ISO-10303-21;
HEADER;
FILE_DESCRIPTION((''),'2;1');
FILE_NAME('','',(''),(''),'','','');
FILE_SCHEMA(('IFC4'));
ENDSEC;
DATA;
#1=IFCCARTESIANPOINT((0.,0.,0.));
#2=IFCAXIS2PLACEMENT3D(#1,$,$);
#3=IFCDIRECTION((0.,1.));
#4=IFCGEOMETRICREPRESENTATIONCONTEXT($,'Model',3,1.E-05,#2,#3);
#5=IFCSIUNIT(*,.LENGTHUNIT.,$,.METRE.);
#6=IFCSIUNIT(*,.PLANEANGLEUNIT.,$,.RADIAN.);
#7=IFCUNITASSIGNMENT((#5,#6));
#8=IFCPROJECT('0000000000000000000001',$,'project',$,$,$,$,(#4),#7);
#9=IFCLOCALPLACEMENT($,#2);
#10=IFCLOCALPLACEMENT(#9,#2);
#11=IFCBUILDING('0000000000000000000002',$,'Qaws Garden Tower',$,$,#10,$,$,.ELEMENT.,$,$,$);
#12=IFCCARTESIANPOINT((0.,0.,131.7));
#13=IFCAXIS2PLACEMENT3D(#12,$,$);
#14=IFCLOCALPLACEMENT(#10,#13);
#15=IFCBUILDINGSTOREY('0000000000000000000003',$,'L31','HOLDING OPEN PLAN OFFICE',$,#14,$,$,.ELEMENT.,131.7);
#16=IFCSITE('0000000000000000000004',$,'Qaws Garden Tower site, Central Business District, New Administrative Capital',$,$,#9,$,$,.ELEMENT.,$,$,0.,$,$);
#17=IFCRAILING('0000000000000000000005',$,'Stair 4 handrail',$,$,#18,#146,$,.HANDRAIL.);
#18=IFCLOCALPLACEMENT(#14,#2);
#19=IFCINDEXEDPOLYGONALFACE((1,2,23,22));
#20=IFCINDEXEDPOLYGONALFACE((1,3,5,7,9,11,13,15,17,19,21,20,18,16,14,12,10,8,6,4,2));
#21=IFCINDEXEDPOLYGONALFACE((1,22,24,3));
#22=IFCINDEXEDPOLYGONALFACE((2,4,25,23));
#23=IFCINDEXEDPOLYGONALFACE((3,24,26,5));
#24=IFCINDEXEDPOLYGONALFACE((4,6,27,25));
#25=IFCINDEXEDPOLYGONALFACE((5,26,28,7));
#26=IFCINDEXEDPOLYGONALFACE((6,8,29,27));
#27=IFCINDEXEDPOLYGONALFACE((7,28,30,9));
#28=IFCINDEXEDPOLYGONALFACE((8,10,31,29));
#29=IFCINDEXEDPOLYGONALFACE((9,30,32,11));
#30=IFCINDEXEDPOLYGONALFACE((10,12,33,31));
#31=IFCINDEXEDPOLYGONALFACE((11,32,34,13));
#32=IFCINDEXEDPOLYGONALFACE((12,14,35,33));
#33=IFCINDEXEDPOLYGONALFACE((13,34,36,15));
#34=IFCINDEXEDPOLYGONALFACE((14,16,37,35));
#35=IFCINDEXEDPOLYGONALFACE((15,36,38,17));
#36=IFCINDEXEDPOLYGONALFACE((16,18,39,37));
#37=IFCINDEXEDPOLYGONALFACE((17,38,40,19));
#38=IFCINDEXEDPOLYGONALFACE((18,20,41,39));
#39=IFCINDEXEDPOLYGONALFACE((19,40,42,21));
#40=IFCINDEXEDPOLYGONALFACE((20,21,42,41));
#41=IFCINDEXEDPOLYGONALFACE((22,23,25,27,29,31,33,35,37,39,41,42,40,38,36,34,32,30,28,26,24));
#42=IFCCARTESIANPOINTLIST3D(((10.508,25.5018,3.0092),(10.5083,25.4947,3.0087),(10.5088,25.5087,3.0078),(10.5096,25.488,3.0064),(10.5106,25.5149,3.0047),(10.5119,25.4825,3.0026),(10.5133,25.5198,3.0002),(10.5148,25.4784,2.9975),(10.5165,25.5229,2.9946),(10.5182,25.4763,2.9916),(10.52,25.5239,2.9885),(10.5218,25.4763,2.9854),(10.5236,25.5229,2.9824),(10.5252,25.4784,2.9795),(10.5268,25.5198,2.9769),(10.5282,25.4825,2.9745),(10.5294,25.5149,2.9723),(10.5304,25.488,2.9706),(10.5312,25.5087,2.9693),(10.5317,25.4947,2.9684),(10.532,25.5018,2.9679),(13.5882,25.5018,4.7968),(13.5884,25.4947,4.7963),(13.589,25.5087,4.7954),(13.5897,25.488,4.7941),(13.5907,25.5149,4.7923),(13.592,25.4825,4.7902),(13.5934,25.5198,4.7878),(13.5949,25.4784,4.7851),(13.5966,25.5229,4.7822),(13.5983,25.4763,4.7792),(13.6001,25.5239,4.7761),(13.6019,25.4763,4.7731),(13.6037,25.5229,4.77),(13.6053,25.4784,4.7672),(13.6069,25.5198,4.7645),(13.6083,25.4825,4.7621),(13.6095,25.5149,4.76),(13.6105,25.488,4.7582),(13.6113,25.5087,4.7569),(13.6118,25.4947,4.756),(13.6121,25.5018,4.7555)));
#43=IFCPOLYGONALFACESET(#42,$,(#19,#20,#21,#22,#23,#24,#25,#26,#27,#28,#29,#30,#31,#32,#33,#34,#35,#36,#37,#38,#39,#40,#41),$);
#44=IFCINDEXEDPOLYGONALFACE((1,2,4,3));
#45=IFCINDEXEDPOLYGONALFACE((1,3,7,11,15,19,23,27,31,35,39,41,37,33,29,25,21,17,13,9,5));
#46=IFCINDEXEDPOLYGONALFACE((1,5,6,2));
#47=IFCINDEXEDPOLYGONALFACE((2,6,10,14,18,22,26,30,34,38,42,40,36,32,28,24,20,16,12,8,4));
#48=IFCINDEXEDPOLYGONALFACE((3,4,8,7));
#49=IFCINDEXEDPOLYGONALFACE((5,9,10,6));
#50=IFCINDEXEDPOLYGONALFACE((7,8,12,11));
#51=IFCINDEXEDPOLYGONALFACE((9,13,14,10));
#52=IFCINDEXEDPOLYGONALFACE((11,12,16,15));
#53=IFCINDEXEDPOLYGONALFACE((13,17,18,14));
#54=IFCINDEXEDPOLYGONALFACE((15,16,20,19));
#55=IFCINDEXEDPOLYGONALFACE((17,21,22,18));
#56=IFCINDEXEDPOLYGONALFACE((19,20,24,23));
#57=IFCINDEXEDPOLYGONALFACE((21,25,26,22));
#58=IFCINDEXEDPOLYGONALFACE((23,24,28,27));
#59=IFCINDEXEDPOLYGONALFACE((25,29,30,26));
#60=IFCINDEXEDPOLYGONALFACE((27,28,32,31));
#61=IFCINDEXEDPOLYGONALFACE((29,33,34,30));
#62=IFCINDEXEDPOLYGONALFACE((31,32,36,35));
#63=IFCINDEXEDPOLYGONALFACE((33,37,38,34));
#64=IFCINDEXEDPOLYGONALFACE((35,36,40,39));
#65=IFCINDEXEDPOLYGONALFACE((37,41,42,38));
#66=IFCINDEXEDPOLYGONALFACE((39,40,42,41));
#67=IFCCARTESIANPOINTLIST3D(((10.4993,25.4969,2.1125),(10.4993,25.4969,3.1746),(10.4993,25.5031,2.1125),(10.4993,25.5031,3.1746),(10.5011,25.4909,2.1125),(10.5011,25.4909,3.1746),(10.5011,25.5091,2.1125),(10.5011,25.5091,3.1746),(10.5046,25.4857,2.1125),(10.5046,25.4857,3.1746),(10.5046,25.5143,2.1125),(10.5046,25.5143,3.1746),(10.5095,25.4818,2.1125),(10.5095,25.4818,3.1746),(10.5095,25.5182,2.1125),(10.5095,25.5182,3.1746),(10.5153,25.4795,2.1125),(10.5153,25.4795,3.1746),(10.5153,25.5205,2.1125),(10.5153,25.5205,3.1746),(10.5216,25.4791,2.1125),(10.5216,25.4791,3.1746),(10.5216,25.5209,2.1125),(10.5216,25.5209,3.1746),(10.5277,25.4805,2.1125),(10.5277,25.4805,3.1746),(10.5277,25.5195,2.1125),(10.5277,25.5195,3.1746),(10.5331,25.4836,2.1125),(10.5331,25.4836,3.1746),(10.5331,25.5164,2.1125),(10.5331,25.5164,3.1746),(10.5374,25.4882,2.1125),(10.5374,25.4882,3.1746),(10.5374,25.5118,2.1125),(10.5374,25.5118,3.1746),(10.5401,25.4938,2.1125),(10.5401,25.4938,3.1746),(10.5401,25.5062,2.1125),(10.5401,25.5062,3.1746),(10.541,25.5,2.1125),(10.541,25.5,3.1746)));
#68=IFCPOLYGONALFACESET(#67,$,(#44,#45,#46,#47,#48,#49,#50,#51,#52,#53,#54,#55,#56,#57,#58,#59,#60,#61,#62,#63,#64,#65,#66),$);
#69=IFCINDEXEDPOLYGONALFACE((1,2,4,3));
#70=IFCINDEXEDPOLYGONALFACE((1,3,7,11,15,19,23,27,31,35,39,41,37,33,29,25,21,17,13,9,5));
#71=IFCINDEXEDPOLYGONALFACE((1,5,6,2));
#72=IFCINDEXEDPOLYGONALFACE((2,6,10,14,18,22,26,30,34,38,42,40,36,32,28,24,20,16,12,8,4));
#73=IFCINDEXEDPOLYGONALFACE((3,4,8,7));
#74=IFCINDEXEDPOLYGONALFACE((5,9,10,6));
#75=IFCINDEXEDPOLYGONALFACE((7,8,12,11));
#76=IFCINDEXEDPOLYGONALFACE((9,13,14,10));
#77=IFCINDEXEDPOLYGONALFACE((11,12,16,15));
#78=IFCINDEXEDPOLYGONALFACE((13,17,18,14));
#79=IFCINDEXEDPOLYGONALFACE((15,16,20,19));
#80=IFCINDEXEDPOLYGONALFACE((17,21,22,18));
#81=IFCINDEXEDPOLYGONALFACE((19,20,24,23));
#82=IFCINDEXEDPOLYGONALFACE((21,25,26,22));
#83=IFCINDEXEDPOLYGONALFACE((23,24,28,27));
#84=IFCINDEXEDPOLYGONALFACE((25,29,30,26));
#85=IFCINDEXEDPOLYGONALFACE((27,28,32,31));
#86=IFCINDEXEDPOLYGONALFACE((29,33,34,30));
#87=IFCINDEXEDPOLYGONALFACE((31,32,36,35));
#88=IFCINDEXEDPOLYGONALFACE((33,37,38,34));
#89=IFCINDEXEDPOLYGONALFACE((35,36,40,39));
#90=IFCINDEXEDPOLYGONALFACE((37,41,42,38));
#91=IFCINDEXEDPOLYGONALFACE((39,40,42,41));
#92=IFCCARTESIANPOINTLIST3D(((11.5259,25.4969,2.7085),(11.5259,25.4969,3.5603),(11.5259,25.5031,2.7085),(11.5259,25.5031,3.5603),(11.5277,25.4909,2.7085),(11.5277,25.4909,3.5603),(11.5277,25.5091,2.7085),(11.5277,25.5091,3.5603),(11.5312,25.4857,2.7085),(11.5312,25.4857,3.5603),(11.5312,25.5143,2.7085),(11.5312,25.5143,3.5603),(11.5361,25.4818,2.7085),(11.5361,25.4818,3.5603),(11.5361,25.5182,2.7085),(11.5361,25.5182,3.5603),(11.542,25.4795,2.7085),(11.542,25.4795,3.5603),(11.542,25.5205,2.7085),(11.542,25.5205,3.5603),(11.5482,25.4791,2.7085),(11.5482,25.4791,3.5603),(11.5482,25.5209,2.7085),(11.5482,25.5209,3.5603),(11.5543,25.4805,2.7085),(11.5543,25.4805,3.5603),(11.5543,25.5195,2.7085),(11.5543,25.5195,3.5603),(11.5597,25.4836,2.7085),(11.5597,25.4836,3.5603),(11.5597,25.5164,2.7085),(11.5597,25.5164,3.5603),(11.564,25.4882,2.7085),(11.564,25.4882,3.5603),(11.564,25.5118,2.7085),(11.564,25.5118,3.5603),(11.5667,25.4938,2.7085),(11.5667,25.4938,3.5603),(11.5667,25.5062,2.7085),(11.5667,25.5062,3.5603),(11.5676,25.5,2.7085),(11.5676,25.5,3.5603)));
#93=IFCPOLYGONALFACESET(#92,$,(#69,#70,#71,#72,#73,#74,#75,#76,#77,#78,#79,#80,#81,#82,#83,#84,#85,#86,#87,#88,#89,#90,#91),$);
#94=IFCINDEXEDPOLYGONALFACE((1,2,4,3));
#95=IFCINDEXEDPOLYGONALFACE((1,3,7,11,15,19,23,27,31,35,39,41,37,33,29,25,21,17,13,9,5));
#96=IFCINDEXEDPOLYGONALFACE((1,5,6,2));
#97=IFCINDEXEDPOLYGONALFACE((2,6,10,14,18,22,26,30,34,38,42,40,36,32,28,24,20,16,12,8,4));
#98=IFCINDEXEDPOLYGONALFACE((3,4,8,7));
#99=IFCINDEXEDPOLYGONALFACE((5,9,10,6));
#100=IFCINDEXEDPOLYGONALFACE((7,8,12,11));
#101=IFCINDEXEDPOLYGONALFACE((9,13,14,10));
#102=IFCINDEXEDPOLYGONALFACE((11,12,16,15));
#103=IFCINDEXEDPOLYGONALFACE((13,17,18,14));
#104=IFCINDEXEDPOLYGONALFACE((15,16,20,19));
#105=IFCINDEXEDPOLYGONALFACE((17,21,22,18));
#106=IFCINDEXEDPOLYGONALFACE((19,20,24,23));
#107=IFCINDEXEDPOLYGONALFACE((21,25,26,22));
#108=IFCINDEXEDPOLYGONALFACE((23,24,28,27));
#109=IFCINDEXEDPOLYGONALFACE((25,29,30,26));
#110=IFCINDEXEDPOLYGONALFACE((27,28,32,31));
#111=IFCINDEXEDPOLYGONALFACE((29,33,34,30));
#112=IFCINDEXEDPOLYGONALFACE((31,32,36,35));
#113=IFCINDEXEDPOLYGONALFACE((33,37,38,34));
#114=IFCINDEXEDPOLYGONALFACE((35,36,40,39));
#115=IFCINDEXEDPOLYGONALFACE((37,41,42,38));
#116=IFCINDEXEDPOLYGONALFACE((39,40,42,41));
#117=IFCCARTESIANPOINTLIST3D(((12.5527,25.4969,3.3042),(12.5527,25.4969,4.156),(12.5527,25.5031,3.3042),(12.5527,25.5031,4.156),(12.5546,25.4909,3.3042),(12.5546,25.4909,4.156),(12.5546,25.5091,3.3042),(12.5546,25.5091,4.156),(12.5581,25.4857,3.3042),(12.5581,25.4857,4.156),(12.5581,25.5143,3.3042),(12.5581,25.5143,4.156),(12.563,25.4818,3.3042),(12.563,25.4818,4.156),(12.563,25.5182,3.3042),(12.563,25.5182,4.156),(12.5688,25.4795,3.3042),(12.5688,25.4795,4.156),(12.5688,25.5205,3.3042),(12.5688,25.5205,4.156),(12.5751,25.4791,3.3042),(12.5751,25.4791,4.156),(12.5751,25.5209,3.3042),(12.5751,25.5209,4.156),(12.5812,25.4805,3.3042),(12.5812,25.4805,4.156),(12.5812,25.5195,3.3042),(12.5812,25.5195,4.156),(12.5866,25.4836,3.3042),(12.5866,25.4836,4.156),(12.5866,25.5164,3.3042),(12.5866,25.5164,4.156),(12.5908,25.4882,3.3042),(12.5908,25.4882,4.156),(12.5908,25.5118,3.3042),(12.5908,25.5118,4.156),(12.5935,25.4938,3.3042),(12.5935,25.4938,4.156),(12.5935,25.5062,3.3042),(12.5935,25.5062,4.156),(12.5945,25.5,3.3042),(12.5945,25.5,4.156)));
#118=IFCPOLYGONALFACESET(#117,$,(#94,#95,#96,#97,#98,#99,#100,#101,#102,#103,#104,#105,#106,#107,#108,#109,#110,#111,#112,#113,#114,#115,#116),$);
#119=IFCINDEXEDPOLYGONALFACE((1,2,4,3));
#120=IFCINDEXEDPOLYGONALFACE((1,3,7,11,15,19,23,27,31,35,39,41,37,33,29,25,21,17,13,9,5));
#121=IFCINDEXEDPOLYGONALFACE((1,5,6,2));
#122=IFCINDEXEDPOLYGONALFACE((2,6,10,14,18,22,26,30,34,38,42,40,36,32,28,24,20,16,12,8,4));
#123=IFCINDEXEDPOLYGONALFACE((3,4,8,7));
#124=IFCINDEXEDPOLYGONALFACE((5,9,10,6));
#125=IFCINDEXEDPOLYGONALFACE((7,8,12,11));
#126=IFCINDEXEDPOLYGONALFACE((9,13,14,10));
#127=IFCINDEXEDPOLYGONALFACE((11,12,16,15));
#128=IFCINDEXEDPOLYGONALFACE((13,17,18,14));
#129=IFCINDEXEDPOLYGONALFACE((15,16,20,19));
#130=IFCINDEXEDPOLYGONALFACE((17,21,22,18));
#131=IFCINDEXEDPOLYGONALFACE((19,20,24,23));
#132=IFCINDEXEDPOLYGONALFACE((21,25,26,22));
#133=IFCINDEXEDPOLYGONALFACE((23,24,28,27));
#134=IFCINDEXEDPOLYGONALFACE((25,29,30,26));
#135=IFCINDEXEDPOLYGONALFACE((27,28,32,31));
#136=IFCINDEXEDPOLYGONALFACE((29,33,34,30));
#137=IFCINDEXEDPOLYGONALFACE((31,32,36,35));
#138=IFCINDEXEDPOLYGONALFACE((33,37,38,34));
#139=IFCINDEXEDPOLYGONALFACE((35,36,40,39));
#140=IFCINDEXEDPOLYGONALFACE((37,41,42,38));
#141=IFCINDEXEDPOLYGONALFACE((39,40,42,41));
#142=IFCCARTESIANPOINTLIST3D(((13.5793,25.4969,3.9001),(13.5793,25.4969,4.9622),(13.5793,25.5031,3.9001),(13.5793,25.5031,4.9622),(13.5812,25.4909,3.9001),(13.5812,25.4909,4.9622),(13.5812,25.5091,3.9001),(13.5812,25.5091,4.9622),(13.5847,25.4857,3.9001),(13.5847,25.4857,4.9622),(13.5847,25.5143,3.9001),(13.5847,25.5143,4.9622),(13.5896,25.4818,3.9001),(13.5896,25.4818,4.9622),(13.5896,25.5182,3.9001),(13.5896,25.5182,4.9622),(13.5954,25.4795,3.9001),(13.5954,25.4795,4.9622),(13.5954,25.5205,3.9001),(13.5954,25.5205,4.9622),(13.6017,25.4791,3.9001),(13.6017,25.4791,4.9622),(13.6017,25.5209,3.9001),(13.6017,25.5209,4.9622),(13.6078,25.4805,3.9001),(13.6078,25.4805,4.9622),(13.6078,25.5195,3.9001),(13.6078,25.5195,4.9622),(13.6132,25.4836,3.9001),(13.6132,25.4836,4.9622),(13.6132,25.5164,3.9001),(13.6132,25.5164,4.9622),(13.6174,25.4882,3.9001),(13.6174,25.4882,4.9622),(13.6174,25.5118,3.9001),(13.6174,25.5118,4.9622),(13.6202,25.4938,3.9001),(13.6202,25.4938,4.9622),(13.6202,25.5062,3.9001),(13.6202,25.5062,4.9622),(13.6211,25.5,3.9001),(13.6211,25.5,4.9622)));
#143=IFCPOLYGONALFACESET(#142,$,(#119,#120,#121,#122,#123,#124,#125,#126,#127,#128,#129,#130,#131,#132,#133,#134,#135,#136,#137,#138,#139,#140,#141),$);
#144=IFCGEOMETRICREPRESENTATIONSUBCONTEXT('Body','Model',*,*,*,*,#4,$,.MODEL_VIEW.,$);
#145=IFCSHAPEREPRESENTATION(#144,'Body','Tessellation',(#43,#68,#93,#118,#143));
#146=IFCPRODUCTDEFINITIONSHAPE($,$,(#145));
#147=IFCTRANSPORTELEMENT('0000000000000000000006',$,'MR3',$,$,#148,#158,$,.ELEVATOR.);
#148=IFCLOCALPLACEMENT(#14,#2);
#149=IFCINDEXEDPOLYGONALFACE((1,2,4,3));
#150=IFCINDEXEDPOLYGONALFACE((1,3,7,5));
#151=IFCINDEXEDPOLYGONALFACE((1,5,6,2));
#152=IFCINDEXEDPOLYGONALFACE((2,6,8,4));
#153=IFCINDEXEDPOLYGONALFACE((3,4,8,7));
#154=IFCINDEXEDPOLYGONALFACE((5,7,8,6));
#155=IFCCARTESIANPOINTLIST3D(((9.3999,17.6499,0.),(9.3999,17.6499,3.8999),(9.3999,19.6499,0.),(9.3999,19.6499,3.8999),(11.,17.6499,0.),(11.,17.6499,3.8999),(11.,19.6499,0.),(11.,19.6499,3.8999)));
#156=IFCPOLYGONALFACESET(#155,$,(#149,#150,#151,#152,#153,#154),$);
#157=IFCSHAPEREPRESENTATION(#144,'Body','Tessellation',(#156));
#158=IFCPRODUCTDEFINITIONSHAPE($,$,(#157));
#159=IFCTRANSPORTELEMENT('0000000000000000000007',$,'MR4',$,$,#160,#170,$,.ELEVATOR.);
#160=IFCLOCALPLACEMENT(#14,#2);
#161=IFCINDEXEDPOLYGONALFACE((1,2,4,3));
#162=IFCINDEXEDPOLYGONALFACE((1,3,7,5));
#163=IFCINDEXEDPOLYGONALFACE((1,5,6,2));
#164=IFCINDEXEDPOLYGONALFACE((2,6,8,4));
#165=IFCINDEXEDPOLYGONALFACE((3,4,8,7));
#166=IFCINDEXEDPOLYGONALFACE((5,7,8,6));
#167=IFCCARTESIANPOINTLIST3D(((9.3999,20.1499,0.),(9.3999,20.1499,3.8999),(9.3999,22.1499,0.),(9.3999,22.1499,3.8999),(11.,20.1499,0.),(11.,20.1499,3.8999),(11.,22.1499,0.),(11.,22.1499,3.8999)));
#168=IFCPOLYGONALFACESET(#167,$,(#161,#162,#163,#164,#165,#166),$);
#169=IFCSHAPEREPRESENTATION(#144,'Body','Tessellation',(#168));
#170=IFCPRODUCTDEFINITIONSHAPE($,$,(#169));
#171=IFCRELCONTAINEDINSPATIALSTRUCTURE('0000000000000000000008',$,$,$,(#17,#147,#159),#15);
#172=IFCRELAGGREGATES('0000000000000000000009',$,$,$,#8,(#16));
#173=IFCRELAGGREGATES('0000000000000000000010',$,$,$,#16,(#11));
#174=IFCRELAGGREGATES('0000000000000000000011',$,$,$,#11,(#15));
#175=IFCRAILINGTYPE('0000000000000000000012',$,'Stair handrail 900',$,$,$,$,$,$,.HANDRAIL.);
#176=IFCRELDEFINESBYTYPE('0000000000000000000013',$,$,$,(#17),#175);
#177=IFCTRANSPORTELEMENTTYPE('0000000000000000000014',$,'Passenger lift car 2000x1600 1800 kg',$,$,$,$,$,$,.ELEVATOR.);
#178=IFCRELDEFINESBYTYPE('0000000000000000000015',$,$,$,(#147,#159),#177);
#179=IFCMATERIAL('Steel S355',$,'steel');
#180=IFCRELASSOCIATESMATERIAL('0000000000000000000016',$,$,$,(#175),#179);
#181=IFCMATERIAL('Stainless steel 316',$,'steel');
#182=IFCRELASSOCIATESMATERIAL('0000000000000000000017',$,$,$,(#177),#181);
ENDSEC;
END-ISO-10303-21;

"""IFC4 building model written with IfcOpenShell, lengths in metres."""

from ifc_helpers import new_model, si_unit, direction, frame, origin, origin_2d, place, context, subcontext, project, spatial, rectangle, circle, extrude, material, type_object, element, save


model = new_model("IFC4")

# Units and contexts
model_context = context("Model", 3, precision=1e-05, world=origin(), true_north=direction((0.0, 1.0)))
body_context = subcontext(model_context, "Body", "Model", "MODEL_VIEW")
ifc_project = project(units=[si_unit("LENGTHUNIT", "METRE"), si_unit("PLANEANGLEUNIT", "RADIAN")], contexts=[model_context])

# Site, building, storey
site_placement = place(None, origin())
site = spatial("IfcSite", under=ifc_project, at=site_placement, Name="Qaws Garden Tower site, Central Business District, New Administrative Capital", CompositionType="ELEMENT", RefElevation=0.0)
building_placement = place(site_placement, origin())
building = spatial("IfcBuilding", under=site, at=building_placement, Name="Qaws Garden Tower", CompositionType="ELEMENT")
storey_placement = place(building_placement, frame((0.0, 0.0, 131.7)))
storey = spatial("IfcBuildingStorey", under=building, at=storey_placement, Name="L31", Description="HOLDING OPEN PLAN OFFICE", CompositionType="ELEMENT", Elevation=131.7)

# Railing
ifc_material_1 = material(Name="Steel S355", Category="steel")
railing_type = type_object("IfcRailingType", Name="Stair handrail 900", PredefinedType="HANDRAIL", material=ifc_material_1)
railing_1_placement = place(storey_placement, frame((10.52, 25.5, 2.1125)))
element("IfcRailing", 1, at=railing_1_placement, inside=storey, type_object=railing_type, Name="Stair 4 handrail", PredefinedType="HANDRAIL", context=body_context, shape_type="SweptSolid", body=[
    extrude(circle(Radius=0.0239, at=origin_2d()), frame((0.0, 0.0, 0.876), z_axis=(0.864891, 0.0, 0.50196), x_axis=(0.0, 1.0, 0.0)), (0.0, 0.0, 1.0), 3.5613),
    extrude(circle(Radius=0.021, at=origin_2d()), origin(), (0.0, 0.0, 1.0), 1.062),
    extrude(circle(Radius=0.021, at=origin_2d()), frame((1.0266, 0.0, 0.5959)), (0.0, 0.0, 1.0), 0.8518),
    extrude(circle(Radius=0.021, at=origin_2d()), frame((2.0535, 0.0, 1.1917)), (0.0, 0.0, 1.0), 0.8518),
    extrude(circle(Radius=0.021, at=origin_2d()), frame((3.0801, 0.0, 1.7876)), (0.0, 0.0, 1.0), 1.062),
])

# Transport elements
ifc_material_2 = material(Name="Stainless steel 316", Category="steel")
transport_element_type = type_object("IfcTransportElementType", Name="Passenger lift car 2000x1600 1800 kg", PredefinedType="ELEVATOR", material=ifc_material_2)
for number, where, z_axis, x_axis, name in (
    (2, (10.2, 18.6499, 0.0), (0.0, 0.0, 1.0), (1.0, 0.0, 0.0), "MR3"),
    (3, (10.2, 21.1499, 0.0), (0.0, 0.0, 1.0), (1.0, 0.0, 0.0), "MR4"),
):
    element("IfcTransportElement", number, at=place(storey_placement, frame(where, z_axis=z_axis, x_axis=x_axis)), inside=storey, type_object=transport_element_type, Name=name, PredefinedType="ELEVATOR", context=body_context, shape_type="SweptSolid", body=[
        extrude(rectangle(XDim=1.6001, YDim=2.0, at=origin_2d()), origin(), (0.0, 0.0, 1.0), 3.8999),
    ])

save(model, "model.ifc")
